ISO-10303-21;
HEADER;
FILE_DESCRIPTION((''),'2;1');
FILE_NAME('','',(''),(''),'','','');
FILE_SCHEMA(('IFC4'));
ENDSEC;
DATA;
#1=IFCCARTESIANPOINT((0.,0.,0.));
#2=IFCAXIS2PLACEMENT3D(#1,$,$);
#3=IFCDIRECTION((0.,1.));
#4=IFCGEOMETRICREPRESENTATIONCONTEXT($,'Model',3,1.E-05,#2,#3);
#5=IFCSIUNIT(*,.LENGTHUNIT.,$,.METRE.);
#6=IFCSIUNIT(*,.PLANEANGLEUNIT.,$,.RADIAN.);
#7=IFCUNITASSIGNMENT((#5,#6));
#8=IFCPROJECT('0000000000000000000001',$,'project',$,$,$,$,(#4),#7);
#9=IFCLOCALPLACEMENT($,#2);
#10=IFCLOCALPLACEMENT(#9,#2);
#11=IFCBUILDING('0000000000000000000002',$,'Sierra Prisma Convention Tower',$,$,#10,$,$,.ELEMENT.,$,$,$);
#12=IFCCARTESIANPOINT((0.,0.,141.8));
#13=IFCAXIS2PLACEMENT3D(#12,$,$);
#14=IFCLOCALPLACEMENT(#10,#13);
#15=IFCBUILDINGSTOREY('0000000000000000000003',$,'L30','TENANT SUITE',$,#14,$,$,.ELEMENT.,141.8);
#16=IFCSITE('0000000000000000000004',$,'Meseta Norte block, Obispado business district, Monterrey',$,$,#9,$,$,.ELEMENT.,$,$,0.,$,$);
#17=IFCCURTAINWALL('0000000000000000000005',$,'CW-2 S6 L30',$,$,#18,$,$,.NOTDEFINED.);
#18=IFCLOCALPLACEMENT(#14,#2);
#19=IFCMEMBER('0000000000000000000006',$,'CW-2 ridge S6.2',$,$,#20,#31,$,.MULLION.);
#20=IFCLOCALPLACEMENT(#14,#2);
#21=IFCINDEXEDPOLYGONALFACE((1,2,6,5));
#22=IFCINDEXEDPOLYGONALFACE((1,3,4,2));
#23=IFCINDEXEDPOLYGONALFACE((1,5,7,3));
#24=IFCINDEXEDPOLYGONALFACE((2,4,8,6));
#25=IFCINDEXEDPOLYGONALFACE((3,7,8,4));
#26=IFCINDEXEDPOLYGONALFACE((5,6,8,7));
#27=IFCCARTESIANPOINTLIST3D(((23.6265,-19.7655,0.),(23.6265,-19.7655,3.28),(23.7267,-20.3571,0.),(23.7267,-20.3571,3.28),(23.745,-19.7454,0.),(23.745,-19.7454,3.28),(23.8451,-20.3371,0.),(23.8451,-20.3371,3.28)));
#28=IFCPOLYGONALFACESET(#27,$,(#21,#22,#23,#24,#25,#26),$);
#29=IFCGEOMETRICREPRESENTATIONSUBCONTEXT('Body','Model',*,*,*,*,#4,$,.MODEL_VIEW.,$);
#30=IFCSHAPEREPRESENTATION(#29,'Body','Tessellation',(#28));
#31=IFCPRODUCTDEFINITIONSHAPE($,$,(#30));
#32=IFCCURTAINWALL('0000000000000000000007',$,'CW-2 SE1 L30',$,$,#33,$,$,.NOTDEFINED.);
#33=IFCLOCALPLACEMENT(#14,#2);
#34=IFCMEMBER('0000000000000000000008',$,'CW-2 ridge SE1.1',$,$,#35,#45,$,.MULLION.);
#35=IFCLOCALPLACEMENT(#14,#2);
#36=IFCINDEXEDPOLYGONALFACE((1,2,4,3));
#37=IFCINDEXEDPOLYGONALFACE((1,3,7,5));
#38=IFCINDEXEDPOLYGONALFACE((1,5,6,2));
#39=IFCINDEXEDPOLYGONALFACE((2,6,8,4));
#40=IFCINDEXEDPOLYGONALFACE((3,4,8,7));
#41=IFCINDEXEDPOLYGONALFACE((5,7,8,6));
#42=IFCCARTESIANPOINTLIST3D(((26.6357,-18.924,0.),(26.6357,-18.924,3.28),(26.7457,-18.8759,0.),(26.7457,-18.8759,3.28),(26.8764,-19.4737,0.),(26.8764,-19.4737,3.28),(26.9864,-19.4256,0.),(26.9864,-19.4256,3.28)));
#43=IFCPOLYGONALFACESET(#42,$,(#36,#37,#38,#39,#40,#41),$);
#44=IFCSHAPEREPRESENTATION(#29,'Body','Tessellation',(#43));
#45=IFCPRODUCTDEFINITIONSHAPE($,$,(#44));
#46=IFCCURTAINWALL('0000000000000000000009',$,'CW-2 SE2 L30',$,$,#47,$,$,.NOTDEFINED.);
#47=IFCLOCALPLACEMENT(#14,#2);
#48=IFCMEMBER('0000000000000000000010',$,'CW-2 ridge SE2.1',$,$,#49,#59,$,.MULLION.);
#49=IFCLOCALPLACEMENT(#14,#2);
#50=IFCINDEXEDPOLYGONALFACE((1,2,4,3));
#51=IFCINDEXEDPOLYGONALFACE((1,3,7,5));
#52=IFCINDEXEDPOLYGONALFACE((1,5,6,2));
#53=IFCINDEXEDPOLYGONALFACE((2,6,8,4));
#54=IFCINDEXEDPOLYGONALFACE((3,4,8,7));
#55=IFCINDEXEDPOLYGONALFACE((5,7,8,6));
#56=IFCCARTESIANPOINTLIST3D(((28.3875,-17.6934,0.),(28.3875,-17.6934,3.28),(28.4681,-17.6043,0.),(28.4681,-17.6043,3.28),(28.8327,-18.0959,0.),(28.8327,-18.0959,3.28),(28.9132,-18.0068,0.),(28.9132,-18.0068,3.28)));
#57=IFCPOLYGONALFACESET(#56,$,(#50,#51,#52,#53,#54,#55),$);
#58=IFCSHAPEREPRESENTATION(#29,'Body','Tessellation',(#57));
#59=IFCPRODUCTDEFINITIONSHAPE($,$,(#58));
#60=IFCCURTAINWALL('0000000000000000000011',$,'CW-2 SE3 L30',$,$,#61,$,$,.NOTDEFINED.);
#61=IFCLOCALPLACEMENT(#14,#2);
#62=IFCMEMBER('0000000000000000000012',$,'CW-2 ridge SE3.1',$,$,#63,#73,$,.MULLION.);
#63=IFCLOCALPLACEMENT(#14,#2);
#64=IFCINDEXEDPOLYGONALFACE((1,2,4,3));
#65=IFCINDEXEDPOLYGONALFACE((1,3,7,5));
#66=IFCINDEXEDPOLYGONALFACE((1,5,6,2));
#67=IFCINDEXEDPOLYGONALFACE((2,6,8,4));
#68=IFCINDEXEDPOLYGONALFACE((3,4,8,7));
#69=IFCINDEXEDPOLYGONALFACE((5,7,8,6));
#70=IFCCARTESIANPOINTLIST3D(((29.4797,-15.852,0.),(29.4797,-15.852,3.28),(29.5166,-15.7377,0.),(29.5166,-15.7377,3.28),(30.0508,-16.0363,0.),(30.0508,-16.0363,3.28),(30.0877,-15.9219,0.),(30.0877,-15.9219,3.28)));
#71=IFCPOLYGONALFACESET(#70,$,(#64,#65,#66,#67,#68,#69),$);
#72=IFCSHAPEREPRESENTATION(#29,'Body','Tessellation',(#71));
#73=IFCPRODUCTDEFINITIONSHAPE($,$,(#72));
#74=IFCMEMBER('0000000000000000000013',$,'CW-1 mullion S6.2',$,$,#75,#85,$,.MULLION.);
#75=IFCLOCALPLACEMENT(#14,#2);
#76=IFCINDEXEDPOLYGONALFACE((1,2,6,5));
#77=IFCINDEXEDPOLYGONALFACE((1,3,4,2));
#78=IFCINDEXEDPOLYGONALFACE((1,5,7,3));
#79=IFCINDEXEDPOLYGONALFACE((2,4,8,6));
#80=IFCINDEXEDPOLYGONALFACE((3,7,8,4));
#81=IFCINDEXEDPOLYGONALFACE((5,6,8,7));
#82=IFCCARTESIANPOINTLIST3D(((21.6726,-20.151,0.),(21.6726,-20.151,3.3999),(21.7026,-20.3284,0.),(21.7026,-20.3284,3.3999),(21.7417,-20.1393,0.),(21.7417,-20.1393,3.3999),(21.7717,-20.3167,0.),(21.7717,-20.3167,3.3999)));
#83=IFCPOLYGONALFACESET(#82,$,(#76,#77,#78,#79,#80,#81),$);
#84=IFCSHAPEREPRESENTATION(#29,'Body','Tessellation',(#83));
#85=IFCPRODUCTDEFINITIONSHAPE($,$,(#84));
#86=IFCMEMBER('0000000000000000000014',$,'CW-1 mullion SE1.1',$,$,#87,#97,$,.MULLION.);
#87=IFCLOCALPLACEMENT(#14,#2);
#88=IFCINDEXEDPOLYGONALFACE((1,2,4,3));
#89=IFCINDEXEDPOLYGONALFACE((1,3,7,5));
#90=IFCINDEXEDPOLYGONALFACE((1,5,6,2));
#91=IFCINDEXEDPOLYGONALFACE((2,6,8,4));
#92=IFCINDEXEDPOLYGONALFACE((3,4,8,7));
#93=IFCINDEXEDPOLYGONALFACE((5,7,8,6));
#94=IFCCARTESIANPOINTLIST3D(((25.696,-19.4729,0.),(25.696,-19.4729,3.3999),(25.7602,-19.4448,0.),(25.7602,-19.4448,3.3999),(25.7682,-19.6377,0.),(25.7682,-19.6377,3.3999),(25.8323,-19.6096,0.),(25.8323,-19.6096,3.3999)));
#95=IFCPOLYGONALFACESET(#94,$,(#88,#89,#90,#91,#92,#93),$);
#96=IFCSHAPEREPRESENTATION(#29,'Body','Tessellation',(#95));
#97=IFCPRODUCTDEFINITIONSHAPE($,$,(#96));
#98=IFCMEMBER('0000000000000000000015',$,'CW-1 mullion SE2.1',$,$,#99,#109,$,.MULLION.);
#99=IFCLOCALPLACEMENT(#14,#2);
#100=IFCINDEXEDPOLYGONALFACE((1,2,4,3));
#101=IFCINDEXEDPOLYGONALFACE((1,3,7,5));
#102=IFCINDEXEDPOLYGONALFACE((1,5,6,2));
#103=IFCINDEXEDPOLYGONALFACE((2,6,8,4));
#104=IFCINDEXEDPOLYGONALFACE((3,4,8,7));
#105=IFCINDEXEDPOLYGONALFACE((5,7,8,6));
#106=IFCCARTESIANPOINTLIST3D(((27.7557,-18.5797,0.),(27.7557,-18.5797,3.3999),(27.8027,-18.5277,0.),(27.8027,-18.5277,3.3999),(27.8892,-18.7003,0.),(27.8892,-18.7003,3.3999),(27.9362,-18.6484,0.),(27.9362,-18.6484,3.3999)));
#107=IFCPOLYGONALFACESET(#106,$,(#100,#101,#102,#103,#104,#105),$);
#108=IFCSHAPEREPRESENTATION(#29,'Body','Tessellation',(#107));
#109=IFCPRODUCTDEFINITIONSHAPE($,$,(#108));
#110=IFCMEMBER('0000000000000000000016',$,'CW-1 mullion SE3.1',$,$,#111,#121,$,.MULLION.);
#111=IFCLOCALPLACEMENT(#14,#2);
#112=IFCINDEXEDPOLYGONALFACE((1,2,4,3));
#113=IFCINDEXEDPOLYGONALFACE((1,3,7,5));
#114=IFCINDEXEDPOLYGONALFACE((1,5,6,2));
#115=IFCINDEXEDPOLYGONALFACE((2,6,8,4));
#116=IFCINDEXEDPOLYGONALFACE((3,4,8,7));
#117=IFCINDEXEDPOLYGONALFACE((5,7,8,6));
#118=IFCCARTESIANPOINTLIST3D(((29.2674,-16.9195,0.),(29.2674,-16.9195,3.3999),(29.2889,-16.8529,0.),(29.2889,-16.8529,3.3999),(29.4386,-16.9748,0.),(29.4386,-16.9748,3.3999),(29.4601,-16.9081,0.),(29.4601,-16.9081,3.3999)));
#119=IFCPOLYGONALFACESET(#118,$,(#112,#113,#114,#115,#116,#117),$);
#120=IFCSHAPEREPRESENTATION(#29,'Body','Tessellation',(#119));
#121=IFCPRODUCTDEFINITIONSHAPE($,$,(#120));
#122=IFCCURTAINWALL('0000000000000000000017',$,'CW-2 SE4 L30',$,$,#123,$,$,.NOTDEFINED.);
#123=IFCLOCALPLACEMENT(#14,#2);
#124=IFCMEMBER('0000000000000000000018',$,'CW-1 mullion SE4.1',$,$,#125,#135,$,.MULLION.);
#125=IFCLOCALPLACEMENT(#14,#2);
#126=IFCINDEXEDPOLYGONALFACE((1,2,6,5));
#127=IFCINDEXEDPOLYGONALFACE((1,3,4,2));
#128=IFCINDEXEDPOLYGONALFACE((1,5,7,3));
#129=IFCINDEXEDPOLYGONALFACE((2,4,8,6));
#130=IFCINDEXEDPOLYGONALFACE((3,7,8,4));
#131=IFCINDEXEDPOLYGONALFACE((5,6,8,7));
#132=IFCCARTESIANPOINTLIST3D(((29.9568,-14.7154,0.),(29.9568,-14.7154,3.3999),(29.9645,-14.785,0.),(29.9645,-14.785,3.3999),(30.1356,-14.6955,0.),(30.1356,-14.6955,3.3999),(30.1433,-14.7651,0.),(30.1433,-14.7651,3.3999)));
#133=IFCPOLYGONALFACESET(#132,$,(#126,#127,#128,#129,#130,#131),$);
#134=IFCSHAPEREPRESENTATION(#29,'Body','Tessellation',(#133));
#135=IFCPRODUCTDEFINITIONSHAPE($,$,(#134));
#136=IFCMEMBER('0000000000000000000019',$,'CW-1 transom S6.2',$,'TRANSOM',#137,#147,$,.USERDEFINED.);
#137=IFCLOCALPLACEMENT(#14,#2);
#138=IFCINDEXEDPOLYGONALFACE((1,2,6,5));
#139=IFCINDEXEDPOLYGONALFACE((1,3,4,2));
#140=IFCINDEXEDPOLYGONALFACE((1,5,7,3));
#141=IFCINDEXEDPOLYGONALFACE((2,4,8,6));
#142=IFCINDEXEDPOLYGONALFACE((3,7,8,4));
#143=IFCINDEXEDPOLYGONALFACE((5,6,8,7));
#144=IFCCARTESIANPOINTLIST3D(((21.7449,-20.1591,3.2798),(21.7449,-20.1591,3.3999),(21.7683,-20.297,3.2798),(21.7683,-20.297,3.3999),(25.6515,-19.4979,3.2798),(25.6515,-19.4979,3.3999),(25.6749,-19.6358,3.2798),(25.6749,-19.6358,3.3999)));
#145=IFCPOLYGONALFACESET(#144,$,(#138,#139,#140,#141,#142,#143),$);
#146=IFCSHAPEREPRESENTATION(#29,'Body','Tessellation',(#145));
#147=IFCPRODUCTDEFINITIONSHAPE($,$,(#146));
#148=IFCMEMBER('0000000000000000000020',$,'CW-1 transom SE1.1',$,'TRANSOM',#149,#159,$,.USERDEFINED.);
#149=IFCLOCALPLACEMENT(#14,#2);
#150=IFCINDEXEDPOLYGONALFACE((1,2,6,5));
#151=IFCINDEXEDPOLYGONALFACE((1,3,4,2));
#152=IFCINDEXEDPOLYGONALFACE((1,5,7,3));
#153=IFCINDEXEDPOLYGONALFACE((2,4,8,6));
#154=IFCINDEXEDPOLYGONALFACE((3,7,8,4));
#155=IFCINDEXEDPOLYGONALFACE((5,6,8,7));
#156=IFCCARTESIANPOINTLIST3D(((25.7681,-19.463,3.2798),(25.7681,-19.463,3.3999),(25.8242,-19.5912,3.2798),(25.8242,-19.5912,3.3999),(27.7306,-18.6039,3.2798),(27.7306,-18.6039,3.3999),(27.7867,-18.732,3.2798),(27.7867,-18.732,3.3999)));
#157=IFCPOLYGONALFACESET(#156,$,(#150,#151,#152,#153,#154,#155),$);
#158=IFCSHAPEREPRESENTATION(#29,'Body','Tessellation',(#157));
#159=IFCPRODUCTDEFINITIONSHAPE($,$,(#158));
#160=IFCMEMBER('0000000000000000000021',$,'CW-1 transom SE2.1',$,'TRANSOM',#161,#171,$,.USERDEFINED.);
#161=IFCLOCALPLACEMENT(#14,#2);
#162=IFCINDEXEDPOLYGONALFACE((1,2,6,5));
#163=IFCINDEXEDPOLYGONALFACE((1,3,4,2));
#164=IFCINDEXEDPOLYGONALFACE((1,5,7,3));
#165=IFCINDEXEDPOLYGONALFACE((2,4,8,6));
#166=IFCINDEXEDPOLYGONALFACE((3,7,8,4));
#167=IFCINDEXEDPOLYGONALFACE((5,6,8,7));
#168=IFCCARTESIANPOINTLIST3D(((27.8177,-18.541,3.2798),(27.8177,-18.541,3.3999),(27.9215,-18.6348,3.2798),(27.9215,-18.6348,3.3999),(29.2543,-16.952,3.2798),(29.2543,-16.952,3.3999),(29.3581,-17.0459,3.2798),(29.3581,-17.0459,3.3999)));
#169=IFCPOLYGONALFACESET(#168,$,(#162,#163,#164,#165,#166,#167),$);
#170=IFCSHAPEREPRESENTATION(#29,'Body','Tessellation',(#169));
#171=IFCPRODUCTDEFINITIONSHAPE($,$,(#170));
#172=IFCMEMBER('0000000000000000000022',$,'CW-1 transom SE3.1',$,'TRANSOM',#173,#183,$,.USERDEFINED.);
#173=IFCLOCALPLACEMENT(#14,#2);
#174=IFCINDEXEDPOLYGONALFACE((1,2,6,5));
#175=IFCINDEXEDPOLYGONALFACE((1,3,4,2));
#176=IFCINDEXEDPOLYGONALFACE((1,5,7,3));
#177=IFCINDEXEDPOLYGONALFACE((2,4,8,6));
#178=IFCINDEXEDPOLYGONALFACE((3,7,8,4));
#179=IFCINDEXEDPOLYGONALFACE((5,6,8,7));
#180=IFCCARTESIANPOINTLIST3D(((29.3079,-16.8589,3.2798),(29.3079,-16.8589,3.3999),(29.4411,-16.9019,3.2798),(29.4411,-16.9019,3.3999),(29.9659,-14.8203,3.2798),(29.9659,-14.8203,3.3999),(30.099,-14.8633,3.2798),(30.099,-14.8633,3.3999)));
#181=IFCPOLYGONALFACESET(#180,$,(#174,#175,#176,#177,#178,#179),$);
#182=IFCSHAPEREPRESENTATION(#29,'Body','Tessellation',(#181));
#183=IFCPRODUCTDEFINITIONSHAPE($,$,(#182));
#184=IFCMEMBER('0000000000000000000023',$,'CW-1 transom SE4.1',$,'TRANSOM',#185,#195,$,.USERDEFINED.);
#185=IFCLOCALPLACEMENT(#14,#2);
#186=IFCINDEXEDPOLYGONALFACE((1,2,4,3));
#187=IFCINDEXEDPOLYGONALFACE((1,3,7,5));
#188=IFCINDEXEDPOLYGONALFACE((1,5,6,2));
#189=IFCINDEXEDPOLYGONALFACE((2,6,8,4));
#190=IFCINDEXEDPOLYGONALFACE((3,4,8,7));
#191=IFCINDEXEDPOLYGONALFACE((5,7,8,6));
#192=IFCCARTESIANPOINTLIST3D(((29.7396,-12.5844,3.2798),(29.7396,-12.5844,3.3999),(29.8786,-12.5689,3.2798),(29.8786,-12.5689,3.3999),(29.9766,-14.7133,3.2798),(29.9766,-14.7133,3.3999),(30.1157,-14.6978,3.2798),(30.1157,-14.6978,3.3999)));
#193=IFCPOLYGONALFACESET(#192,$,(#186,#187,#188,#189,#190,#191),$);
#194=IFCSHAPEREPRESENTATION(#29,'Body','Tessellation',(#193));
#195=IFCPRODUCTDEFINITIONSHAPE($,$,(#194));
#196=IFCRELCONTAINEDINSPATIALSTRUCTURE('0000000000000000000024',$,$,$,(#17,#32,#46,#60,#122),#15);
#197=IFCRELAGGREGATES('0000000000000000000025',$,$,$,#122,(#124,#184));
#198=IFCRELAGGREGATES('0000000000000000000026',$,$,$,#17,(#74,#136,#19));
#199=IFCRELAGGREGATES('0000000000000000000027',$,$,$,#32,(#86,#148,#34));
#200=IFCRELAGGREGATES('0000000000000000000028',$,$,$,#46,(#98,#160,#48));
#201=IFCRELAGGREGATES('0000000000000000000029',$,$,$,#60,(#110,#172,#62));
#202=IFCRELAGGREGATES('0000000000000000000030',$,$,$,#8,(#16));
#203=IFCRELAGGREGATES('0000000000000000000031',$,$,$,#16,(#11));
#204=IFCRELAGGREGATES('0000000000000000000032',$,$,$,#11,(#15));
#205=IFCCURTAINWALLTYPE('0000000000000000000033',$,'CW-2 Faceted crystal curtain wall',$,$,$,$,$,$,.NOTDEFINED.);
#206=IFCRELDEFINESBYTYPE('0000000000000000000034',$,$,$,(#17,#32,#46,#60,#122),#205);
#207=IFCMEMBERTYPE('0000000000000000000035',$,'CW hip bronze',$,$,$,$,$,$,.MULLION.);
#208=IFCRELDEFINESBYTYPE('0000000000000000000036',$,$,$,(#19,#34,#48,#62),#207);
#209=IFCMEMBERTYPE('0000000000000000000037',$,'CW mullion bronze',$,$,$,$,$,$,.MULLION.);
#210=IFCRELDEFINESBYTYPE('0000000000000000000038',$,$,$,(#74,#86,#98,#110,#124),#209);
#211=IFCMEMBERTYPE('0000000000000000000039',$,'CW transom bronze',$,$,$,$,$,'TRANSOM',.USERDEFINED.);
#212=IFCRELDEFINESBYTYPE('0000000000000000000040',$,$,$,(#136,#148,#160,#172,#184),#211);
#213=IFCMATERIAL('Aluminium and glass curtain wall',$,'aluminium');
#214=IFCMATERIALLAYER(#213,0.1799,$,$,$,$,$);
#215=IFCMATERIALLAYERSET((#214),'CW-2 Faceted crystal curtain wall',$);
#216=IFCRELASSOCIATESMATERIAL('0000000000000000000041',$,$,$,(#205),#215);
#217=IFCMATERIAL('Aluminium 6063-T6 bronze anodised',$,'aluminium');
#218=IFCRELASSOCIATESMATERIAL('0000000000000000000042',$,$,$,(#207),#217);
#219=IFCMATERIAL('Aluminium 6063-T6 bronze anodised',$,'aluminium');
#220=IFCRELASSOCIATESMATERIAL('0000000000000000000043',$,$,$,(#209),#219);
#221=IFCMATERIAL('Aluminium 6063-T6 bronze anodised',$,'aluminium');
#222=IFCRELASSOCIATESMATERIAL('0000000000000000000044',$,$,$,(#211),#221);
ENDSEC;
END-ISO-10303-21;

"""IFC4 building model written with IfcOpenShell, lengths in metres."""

from ifc_helpers import new_model, si_unit, direction, frame, origin, origin_2d, place, context, subcontext, project, spatial, rectangle, extrude, material, layer, layer_set, material_profile, profile_set, type_object, element, aggregate, save


model = new_model("IFC4")

# Units and contexts
model_context = context("Model", 3, precision=1e-05, world=origin(), true_north=direction((0.0, 1.0)))
body_context = subcontext(model_context, "Body", "Model", "MODEL_VIEW")
ifc_project = project(units=[si_unit("LENGTHUNIT", "METRE"), si_unit("PLANEANGLEUNIT", "RADIAN")], contexts=[model_context])

# Site, building, storey
site_placement = place(None, origin())
site = spatial("IfcSite", under=ifc_project, at=site_placement, Name="Meseta Norte block, Obispado business district, Monterrey", CompositionType="ELEMENT", RefElevation=0.0)
building_placement = place(site_placement, origin())
building = spatial("IfcBuilding", under=site, at=building_placement, Name="Sierra Prisma Convention Tower", CompositionType="ELEMENT")
storey_placement = place(building_placement, frame((0.0, 0.0, 141.8)))
storey = spatial("IfcBuildingStorey", under=building, at=storey_placement, Name="L30", Description="TENANT SUITE", CompositionType="ELEMENT", Elevation=141.8)

# Curtain walls, members
ifc_material_1 = material(Name="Aluminium and glass curtain wall", Category="aluminium")
ifc_layer_1 = layer(ifc_material_1, 0.1799)
ifc_layer_set_1 = layer_set([ifc_layer_1], Name="CW-2 Faceted crystal curtain wall")
curtain_wall_type = type_object("IfcCurtainWallType", Name="CW-2 Faceted crystal curtain wall", PredefinedType="NOTDEFINED", material=ifc_layer_set_1)
curtain_wall_1_placement = place(storey_placement, origin())
curtain_wall_1 = element("IfcCurtainWall", 1, at=curtain_wall_1_placement, inside=storey, type_object=curtain_wall_type, Name="CW-2 S6 L30", PredefinedType="NOTDEFINED")
ifc_material_2 = material(Name="Aluminium 6063-T6 bronze anodised", Category="aluminium")
ifc_material_profile_1 = material_profile(ifc_material_2, rectangle(XDim=0.1201, YDim=0.6001, at=origin_2d()), Name="ALU RIDGE BLADE 120x600")
ifc_profile_set_1 = profile_set([ifc_material_profile_1], Name="Aluminium 6063-T6 bronze anodised")
member_type_1 = type_object("IfcMemberType", Name="CW hip bronze", PredefinedType="MULLION", material=ifc_profile_set_1)
member_1_placement = place(storey_placement, frame((23.7358, -20.0513, 0.0), z_axis=(0.0, 0.0, 1.0), x_axis=(0.985975, 0.166896, 0.0)))
member_1 = element("IfcMember", 2, at=member_1_placement, type_object=member_type_1, Name="CW-2 ridge S6.2", PredefinedType="MULLION", context=body_context, shape_type="SweptSolid", body=[
    extrude(rectangle(XDim=0.1201, YDim=0.6001, at=origin_2d()), origin(), (0.0, 0.0, 1.0), 3.28),
])
curtain_wall_2_placement = place(storey_placement, origin())
curtain_wall_2 = element("IfcCurtainWall", 3, at=curtain_wall_2_placement, inside=storey, type_object=curtain_wall_type, Name="CW-2 SE1 L30", PredefinedType="NOTDEFINED")
member_2_placement = place(storey_placement, frame((26.811, -19.1748, 0.0), z_axis=(0.0, 0.0, 1.0), x_axis=(0.916036, 0.401095, 0.0)))
member_2 = element("IfcMember", 4, at=member_2_placement, type_object=member_type_1, Name="CW-2 ridge SE1.1", PredefinedType="MULLION", context=body_context, shape_type="SweptSolid", body=[
    extrude(rectangle(XDim=0.1201, YDim=0.6001, at=origin_2d()), origin(), (0.0, 0.0, 1.0), 3.28),
])
curtain_wall_3_placement = place(storey_placement, origin())
curtain_wall_3 = element("IfcCurtainWall", 5, at=curtain_wall_3_placement, inside=storey, type_object=curtain_wall_type, Name="CW-2 SE2 L30", PredefinedType="NOTDEFINED")
member_3_placement = place(storey_placement, frame((28.6504, -17.8501, 0.0), z_axis=(0.0, 0.0, 1.0), x_axis=(0.670657, 0.741768, 0.0)))
member_3 = element("IfcMember", 6, at=member_3_placement, type_object=member_type_1, Name="CW-2 ridge SE2.1", PredefinedType="MULLION", context=body_context, shape_type="SweptSolid", body=[
    extrude(rectangle(XDim=0.1201, YDim=0.6001, at=origin_2d()), origin(), (0.0, 0.0, 1.0), 3.28),
])
curtain_wall_4_placement = place(storey_placement, origin())
curtain_wall_4 = element("IfcCurtainWall", 7, at=curtain_wall_4_placement, inside=storey, type_object=curtain_wall_type, Name="CW-2 SE3 L30", PredefinedType="NOTDEFINED")
member_4_placement = place(storey_placement, frame((29.7837, -15.887, 0.0), z_axis=(0.0, 0.0, 1.0), x_axis=(0.307061, 0.95169, 0.0)))
member_4 = element("IfcMember", 8, at=member_4_placement, type_object=member_type_1, Name="CW-2 ridge SE3.1", PredefinedType="MULLION", context=body_context, shape_type="SweptSolid", body=[
    extrude(rectangle(XDim=0.1201, YDim=0.6001, at=origin_2d()), origin(), (0.0, 0.0, 1.0), 3.28),
])

# Members
ifc_material_3 = material(Name="Aluminium 6063-T6 bronze anodised", Category="aluminium")
ifc_material_profile_2 = material_profile(ifc_material_3, rectangle(XDim=0.1799, YDim=0.0701, at=origin_2d()), Name="ALU MULLION 70x180")
ifc_profile_set_2 = profile_set([ifc_material_profile_2], Name="Aluminium 6063-T6 bronze anodised")
member_type_2 = type_object("IfcMemberType", Name="CW mullion bronze", PredefinedType="MULLION", material=ifc_profile_set_2)
member_5_placement = place(storey_placement, frame((21.7222, -20.2339, 0.0), z_axis=(0.0, 0.0, 1.0), x_axis=(-0.166896, 0.985975, 0.0)))
member_5 = element("IfcMember", 9, at=member_5_placement, type_object=member_type_2, Name="CW-1 mullion S6.2", PredefinedType="MULLION", context=body_context, shape_type="SweptSolid", body=[
    extrude(rectangle(XDim=0.1799, YDim=0.0701, at=origin_2d()), origin(), (0.0, 0.0, 1.0), 3.3999),
])
member_6_placement = place(storey_placement, frame((25.7642, -19.5413, 0.0), z_axis=(0.0, 0.0, 1.0), x_axis=(-0.401095, 0.916036, 0.0)))
member_6 = element("IfcMember", 10, at=member_6_placement, type_object=member_type_2, Name="CW-1 mullion SE1.1", PredefinedType="MULLION", context=body_context, shape_type="SweptSolid", body=[
    extrude(rectangle(XDim=0.1799, YDim=0.0701, at=origin_2d()), origin(), (0.0, 0.0, 1.0), 3.3999),
])
member_7_placement = place(storey_placement, frame((27.8459, -18.614, 0.0), z_axis=(0.0, 0.0, 1.0), x_axis=(-0.741768, 0.670657, 0.0)))
member_7 = element("IfcMember", 11, at=member_7_placement, type_object=member_type_2, Name="CW-1 mullion SE2.1", PredefinedType="MULLION", context=body_context, shape_type="SweptSolid", body=[
    extrude(rectangle(XDim=0.1799, YDim=0.0701, at=origin_2d()), origin(), (0.0, 0.0, 1.0), 3.3999),
])
member_8_placement = place(storey_placement, frame((29.3638, -16.9138, 0.0), z_axis=(0.0, 0.0, 1.0), x_axis=(-0.95169, 0.307061, 0.0)))
member_8 = element("IfcMember", 12, at=member_8_placement, type_object=member_type_2, Name="CW-1 mullion SE3.1", PredefinedType="MULLION", context=body_context, shape_type="SweptSolid", body=[
    extrude(rectangle(XDim=0.1799, YDim=0.0701, at=origin_2d()), origin(), (0.0, 0.0, 1.0), 3.3999),
])

# Curtain wall, member
curtain_wall_5_placement = place(storey_placement, origin())
curtain_wall_5 = element("IfcCurtainWall", 13, at=curtain_wall_5_placement, inside=storey, type_object=curtain_wall_type, Name="CW-2 SE4 L30", PredefinedType="NOTDEFINED")
member_9_placement = place(storey_placement, frame((30.05, -14.7402, 0.0), z_axis=(0.0, 0.0, 1.0), x_axis=(-0.993858, -0.11066, 0.0)))
member_9 = element("IfcMember", 14, at=member_9_placement, type_object=member_type_2, Name="CW-1 mullion SE4.1", PredefinedType="MULLION", context=body_context, shape_type="SweptSolid", body=[
    extrude(rectangle(XDim=0.1799, YDim=0.0701, at=origin_2d()), origin(), (0.0, 0.0, 1.0), 3.3999),
])

# Members
ifc_material_4 = material(Name="Aluminium 6063-T6 bronze anodised", Category="aluminium")
ifc_material_profile_3 = material_profile(ifc_material_4, rectangle(XDim=0.1399, YDim=0.1201, at=origin_2d()), Name="ALU TRANSOM 120x140")
ifc_profile_set_3 = profile_set([ifc_material_profile_3], Name="Aluminium 6063-T6 bronze anodised")
member_type_3 = type_object("IfcMemberType", Name="CW transom bronze", ElementType="TRANSOM", PredefinedType="USERDEFINED", material=ifc_profile_set_3)
member_10_placement = place(storey_placement, frame((21.7566, -20.228, 3.3398), z_axis=(0.985979, 0.166867, 0.0), x_axis=(-0.166867, 0.985979, 0.0)))
member_10 = element("IfcMember", 15, at=member_10_placement, type_object=member_type_3, Name="CW-1 transom S6.2", ObjectType="TRANSOM", PredefinedType="USERDEFINED", context=body_context, shape_type="SweptSolid", body=[
    extrude(rectangle(XDim=0.1399, YDim=0.1201, at=origin_2d()), origin(), (0.0, 0.0, 1.0), 3.9622),
])
member_11_placement = place(storey_placement, frame((25.7961, -19.5271, 3.3398), z_axis=(0.916058, 0.401046, 0.0), x_axis=(-0.401046, 0.916058, 0.0)))
member_11 = element("IfcMember", 16, at=member_11_placement, type_object=member_type_3, Name="CW-1 transom SE1.1", ObjectType="TRANSOM", PredefinedType="USERDEFINED", context=body_context, shape_type="SweptSolid", body=[
    extrude(rectangle(XDim=0.1399, YDim=0.1201, at=origin_2d()), origin(), (0.0, 0.0, 1.0), 2.1423),
])
member_12_placement = place(storey_placement, frame((27.8696, -18.5879, 3.3398), z_axis=(0.670651, 0.741773, 0.0), x_axis=(-0.741773, 0.670651, 0.0)))
member_12 = element("IfcMember", 17, at=member_12_placement, type_object=member_type_3, Name="CW-1 transom SE2.1", ObjectType="TRANSOM", PredefinedType="USERDEFINED", context=body_context, shape_type="SweptSolid", body=[
    extrude(rectangle(XDim=0.1399, YDim=0.1201, at=origin_2d()), origin(), (0.0, 0.0, 1.0), 2.1421),
])
member_13_placement = place(storey_placement, frame((29.3745, -16.8804, 3.3398), z_axis=(0.307153, 0.95166, 0.0), x_axis=(-0.95166, 0.307153, 0.0)))
member_13 = element("IfcMember", 18, at=member_13_placement, type_object=member_type_3, Name="CW-1 transom SE3.1", ObjectType="TRANSOM", PredefinedType="USERDEFINED", context=body_context, shape_type="SweptSolid", body=[
    extrude(rectangle(XDim=0.1399, YDim=0.1201, at=origin_2d()), origin(), (0.0, 0.0, 1.0), 2.1421),
])
member_14_placement = place(storey_placement, frame((30.0461, -14.7056, 3.3398), z_axis=(-0.110669, 0.993857, 0.0), x_axis=(-0.993857, -0.110669, 0.0)))
member_14 = element("IfcMember", 19, at=member_14_placement, type_object=member_type_3, Name="CW-1 transom SE4.1", ObjectType="TRANSOM", PredefinedType="USERDEFINED", context=body_context, shape_type="SweptSolid", body=[
    extrude(rectangle(XDim=0.1399, YDim=0.1201, at=origin_2d()), origin(), (0.0, 0.0, 1.0), 2.1421),
])
aggregate(curtain_wall_5, [member_9, member_14])

aggregate(curtain_wall_1, [member_5, member_10, member_1])
aggregate(curtain_wall_2, [member_6, member_11, member_2])
aggregate(curtain_wall_3, [member_7, member_12, member_3])
aggregate(curtain_wall_4, [member_8, member_13, member_4])

save(model, "model.ifc")
